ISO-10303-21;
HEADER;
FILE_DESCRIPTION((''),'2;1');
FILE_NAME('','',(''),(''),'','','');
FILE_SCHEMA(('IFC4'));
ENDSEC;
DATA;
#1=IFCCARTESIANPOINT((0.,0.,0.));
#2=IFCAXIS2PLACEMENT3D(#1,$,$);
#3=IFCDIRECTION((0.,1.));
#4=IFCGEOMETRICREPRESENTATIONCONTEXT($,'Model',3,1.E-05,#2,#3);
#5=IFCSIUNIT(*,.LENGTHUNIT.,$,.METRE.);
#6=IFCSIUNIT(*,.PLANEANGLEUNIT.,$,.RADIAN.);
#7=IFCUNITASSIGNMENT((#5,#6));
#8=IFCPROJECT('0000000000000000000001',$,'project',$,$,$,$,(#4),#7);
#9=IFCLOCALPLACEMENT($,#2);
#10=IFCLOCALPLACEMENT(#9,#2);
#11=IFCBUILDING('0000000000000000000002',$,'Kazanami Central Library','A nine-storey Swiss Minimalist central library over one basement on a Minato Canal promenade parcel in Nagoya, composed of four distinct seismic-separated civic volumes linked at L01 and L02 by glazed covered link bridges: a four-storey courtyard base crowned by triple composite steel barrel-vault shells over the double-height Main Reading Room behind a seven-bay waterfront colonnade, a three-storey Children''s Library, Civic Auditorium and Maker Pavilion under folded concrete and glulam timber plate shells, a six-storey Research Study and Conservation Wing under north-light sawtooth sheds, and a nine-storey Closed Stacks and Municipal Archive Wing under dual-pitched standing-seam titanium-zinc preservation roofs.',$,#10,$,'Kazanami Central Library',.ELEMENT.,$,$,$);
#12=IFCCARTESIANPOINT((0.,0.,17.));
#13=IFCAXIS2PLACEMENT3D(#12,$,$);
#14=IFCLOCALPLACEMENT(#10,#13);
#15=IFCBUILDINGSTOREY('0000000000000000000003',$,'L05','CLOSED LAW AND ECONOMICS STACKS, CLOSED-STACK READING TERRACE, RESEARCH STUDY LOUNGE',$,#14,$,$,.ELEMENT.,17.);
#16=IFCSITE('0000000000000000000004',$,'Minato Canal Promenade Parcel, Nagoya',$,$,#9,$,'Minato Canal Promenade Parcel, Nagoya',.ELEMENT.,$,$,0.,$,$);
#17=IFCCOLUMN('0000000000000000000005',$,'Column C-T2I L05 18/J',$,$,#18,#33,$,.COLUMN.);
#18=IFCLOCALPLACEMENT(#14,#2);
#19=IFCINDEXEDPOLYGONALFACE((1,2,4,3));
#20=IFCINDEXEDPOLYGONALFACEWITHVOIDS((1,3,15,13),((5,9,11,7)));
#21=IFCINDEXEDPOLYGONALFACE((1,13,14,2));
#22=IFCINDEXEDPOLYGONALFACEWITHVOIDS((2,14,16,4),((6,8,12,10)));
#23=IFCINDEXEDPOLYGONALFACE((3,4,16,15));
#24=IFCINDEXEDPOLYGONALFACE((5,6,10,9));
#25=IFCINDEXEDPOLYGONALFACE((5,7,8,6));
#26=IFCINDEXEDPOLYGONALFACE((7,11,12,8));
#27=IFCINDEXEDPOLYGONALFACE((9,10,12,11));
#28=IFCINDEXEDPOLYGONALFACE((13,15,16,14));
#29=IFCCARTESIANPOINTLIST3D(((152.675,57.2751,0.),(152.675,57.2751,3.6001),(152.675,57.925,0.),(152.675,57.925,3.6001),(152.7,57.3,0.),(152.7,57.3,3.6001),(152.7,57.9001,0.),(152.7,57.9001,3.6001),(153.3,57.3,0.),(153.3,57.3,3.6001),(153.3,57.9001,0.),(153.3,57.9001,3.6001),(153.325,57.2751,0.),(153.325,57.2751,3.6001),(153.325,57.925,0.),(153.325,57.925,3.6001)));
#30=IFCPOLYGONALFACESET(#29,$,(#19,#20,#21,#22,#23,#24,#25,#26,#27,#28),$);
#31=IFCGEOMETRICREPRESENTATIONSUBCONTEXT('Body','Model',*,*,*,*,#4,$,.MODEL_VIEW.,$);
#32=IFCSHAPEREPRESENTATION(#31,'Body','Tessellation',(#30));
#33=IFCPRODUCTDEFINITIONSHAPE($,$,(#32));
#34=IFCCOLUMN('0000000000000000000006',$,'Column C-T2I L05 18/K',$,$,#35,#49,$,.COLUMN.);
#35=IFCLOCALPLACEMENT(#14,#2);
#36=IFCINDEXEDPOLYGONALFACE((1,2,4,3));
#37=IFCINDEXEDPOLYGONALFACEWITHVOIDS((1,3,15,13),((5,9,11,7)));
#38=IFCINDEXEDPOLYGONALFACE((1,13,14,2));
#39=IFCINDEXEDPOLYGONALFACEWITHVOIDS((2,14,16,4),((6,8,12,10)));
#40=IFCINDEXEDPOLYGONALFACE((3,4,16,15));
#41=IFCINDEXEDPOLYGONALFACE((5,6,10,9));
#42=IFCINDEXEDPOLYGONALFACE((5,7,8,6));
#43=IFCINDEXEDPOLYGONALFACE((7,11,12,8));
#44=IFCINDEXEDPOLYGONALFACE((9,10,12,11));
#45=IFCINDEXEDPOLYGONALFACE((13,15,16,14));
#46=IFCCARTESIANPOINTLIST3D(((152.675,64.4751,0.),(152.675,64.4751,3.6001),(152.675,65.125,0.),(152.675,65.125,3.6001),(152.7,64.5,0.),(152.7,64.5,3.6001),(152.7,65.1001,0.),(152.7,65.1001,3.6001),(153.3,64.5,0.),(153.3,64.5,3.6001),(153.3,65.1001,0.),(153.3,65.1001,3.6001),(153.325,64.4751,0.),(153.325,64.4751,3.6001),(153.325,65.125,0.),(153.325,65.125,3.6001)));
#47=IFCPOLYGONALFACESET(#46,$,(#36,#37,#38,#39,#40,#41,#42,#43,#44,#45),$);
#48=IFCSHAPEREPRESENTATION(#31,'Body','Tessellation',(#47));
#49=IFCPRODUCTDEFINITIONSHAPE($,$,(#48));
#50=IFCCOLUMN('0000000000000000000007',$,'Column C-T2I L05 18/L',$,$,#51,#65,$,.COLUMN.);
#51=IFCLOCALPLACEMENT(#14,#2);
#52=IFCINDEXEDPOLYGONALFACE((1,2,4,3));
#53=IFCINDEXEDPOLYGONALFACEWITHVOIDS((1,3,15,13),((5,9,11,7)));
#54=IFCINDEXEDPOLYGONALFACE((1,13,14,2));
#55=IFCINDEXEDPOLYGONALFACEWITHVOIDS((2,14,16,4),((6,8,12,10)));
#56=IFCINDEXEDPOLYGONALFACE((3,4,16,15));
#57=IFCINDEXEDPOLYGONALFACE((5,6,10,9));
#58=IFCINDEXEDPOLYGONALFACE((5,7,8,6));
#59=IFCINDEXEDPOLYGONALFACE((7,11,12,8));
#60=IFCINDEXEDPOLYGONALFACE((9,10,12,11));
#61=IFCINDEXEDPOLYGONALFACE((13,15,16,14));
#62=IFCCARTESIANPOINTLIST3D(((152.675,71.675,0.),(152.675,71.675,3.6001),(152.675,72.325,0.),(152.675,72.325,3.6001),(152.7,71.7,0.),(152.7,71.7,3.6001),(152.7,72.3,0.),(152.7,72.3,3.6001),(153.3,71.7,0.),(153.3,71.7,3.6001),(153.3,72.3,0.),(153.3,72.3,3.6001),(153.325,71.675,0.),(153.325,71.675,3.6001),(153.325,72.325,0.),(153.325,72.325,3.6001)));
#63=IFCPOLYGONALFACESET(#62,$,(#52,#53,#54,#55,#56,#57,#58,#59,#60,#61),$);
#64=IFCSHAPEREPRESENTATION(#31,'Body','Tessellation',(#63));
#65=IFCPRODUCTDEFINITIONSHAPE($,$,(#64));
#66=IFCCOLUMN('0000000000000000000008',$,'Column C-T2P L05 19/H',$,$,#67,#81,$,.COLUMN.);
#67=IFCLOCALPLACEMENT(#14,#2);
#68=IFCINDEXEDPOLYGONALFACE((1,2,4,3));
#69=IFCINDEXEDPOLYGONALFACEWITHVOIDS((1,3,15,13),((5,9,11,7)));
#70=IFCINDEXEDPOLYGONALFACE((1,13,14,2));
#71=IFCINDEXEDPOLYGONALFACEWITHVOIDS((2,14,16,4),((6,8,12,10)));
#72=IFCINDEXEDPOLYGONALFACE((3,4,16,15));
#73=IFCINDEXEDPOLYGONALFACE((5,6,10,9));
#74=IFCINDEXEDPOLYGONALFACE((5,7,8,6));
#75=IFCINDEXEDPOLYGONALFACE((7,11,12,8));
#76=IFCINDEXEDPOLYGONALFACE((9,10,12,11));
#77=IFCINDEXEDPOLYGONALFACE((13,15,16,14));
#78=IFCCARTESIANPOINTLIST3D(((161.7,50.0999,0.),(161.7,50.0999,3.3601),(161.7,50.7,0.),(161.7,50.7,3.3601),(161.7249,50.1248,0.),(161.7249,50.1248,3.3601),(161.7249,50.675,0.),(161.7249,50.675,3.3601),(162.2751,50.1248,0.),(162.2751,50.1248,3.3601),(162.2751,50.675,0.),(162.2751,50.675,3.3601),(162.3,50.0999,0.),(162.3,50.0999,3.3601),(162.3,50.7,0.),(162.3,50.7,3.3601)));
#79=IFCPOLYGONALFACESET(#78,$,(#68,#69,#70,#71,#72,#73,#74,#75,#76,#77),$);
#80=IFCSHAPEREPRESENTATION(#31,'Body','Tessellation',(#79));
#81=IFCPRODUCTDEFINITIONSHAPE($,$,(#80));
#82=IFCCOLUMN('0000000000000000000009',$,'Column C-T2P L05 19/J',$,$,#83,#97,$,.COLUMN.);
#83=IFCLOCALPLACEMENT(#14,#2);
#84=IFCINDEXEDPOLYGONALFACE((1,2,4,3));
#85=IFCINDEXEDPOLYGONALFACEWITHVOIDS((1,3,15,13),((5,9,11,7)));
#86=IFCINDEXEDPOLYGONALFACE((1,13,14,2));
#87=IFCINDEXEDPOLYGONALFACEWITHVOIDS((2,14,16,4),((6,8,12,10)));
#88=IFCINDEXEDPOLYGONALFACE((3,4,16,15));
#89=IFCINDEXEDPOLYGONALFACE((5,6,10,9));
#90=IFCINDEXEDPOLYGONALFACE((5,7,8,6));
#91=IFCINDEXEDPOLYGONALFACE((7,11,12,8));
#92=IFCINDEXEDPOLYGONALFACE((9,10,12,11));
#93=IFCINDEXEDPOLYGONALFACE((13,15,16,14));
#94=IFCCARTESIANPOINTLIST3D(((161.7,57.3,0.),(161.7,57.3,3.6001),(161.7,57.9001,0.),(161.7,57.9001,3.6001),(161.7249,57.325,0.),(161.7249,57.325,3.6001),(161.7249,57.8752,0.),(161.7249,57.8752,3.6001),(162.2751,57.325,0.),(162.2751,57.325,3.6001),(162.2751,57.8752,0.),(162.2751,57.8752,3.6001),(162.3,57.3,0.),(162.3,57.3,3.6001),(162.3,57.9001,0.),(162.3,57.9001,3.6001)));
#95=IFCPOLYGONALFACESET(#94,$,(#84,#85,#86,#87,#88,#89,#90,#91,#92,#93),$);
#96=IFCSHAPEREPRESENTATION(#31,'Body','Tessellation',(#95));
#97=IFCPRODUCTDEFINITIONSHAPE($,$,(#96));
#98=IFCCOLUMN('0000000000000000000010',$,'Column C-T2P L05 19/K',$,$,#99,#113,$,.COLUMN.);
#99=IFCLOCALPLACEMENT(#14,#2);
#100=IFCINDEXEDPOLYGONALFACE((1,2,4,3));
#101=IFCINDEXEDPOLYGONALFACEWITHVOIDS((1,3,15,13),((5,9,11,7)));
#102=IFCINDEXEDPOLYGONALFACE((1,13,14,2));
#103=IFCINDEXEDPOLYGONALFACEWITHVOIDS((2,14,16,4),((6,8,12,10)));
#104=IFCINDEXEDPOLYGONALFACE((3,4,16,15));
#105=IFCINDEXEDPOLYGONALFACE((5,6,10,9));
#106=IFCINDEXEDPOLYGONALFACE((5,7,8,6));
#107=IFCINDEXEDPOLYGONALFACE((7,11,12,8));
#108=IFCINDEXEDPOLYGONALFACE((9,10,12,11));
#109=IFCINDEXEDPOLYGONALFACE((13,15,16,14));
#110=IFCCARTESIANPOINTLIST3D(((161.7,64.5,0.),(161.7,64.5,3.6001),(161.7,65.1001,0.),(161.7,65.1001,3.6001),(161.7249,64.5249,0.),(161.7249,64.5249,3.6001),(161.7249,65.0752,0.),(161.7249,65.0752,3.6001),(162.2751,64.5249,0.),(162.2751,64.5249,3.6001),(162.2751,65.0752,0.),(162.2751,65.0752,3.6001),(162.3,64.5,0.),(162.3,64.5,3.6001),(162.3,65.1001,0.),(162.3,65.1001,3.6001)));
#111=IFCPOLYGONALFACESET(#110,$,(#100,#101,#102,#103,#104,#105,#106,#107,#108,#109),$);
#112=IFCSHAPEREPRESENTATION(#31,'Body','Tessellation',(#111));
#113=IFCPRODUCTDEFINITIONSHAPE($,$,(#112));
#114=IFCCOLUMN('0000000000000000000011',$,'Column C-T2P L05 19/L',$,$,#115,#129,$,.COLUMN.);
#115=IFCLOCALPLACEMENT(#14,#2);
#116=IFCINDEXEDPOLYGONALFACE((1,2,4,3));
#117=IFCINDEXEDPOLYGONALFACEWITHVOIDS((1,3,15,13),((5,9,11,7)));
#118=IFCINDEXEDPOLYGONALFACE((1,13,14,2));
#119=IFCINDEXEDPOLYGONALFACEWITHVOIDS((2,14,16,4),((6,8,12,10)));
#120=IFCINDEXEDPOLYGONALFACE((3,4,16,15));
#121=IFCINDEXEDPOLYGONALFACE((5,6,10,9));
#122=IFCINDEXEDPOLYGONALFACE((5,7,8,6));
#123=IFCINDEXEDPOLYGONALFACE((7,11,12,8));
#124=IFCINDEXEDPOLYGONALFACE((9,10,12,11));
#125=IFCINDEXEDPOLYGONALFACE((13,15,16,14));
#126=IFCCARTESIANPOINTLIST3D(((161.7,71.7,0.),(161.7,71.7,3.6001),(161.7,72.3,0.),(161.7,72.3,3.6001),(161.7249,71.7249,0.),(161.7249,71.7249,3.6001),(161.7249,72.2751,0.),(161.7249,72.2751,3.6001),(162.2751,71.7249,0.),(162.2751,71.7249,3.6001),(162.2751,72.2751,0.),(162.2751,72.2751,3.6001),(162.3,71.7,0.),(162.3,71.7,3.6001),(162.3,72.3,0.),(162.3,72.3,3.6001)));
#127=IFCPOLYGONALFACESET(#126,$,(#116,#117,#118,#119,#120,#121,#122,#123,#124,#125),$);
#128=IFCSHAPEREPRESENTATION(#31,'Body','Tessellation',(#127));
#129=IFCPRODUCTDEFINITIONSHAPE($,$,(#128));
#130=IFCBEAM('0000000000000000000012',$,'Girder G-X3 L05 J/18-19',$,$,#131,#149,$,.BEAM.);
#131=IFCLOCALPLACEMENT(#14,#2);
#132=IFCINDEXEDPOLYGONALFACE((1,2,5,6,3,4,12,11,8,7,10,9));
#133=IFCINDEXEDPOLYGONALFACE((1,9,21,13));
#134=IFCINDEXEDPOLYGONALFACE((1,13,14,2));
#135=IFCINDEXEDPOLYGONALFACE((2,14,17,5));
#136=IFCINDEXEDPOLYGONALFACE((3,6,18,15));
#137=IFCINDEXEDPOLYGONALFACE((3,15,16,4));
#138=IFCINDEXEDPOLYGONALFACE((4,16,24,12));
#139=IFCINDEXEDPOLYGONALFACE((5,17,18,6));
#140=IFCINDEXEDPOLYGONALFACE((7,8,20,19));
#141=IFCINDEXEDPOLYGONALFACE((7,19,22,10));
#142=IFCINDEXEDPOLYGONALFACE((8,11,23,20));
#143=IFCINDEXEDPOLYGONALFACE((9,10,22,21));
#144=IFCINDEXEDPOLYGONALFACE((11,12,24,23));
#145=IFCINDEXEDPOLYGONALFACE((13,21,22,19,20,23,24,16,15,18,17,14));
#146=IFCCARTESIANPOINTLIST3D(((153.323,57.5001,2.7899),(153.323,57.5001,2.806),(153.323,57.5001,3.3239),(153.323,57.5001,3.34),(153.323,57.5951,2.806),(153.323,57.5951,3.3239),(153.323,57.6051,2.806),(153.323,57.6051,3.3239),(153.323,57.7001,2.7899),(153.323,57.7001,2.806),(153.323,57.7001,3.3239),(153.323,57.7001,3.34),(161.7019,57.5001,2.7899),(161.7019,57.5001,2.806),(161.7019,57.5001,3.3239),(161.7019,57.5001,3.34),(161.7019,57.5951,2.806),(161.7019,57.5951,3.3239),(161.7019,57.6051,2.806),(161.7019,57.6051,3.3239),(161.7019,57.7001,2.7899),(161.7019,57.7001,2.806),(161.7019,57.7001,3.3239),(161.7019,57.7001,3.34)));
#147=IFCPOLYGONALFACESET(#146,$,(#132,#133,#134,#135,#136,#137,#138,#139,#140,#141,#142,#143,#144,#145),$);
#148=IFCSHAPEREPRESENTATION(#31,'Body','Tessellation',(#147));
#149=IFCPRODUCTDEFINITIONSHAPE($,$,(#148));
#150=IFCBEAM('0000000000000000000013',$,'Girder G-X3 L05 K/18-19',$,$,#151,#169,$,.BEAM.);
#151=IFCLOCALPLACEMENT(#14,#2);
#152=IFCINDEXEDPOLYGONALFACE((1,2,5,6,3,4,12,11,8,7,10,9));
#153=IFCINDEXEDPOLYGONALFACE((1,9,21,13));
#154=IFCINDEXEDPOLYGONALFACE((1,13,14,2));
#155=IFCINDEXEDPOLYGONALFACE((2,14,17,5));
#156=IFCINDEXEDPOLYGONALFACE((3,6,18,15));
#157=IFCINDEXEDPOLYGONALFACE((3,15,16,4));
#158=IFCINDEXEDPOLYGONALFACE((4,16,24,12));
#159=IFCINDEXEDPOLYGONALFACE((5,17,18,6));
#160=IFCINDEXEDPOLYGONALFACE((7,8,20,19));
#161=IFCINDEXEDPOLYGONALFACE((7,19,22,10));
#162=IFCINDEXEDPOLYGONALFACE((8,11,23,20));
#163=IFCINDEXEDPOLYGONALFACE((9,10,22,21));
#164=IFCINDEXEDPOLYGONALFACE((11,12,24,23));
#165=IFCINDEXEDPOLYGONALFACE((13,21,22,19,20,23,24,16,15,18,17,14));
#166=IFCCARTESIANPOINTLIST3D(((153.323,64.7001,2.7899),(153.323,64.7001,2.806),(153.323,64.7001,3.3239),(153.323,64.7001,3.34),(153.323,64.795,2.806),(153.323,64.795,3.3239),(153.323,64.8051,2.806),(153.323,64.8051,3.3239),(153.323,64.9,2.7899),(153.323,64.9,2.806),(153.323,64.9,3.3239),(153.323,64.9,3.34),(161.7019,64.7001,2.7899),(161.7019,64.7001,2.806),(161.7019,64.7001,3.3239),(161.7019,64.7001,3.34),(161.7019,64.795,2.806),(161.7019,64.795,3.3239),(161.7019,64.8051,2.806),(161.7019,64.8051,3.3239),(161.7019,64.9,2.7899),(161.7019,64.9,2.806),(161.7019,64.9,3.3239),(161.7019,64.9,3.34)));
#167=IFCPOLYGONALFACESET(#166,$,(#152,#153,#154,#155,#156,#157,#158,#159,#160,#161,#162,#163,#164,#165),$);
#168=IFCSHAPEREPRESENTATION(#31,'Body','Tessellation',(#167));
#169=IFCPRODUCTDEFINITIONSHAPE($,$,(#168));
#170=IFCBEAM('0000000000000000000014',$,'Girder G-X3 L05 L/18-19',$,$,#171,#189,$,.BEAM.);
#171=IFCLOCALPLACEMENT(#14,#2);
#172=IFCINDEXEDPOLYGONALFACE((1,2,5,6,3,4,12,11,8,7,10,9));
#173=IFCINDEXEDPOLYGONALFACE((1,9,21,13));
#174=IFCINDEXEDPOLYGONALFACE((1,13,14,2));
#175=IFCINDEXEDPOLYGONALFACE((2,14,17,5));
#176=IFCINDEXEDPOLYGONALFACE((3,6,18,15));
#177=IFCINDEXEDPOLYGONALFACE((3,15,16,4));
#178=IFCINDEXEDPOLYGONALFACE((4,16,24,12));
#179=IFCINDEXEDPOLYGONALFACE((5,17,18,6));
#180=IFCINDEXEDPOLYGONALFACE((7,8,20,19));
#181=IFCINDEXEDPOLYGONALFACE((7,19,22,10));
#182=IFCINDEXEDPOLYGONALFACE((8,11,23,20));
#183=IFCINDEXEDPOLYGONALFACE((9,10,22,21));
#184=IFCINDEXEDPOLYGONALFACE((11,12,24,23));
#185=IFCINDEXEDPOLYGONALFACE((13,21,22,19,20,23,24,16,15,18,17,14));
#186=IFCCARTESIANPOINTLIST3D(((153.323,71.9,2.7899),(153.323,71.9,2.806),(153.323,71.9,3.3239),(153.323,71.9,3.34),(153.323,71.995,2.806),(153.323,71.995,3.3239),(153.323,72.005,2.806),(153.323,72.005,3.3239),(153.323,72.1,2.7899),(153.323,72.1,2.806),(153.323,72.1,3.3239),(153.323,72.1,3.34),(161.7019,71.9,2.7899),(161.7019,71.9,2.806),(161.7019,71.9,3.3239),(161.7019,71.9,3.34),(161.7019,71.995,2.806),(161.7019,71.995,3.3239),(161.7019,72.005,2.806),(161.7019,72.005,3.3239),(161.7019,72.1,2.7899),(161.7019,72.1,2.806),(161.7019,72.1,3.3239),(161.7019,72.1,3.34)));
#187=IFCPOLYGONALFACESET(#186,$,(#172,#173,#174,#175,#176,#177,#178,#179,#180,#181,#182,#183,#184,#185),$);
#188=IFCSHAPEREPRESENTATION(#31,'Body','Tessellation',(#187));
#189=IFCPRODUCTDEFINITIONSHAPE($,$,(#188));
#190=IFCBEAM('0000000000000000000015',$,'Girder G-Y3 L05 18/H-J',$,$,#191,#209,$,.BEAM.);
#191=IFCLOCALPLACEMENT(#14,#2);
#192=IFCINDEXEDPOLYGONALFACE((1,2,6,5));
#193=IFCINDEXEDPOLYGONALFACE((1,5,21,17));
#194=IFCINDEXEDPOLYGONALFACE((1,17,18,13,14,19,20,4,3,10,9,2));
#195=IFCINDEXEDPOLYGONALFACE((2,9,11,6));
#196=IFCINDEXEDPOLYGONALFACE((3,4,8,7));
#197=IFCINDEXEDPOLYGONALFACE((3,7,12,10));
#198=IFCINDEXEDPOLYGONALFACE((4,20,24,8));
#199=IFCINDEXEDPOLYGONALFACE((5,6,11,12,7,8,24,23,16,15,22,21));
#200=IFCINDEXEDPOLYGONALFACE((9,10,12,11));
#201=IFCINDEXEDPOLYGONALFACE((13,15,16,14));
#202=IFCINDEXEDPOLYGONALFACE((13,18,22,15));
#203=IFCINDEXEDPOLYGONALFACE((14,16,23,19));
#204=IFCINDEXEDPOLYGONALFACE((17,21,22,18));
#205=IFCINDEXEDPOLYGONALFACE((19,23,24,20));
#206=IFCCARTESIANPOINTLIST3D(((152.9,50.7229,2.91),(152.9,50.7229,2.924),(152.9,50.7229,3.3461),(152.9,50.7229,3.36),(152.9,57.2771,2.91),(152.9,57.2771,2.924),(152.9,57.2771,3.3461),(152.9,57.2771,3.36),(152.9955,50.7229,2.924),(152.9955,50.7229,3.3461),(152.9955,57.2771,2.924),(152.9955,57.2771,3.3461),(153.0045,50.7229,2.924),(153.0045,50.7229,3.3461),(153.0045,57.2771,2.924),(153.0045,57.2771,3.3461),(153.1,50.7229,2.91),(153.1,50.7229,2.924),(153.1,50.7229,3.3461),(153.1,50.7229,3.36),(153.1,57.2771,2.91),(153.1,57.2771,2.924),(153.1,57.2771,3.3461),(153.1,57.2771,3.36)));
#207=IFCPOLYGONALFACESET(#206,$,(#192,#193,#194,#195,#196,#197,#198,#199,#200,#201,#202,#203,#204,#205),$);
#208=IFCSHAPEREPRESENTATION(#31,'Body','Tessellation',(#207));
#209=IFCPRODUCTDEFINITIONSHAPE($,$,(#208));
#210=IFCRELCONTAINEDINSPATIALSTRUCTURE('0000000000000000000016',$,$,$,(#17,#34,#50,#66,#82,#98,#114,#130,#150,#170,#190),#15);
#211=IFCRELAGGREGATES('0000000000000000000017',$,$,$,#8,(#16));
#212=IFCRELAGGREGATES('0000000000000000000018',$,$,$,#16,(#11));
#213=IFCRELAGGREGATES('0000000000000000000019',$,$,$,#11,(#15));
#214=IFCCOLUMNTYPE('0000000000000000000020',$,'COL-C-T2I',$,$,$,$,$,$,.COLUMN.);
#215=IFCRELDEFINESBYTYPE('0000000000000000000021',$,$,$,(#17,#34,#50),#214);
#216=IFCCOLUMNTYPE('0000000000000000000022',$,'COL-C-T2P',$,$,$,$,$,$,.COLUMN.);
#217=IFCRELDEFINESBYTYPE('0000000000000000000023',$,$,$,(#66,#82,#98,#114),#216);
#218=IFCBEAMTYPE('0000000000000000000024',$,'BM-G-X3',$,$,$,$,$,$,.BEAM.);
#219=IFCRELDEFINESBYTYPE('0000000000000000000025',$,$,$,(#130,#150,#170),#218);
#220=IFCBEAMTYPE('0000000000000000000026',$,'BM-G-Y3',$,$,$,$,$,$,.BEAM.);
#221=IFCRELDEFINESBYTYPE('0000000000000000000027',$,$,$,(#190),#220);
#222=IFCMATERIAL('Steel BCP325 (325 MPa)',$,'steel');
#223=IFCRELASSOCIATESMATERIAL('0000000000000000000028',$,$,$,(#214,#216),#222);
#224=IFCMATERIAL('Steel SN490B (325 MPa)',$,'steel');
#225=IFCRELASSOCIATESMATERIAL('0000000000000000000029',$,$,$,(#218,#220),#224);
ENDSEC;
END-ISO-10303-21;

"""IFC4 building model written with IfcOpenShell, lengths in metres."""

from ifc_helpers import new_model, si_unit, direction, frame, origin, origin_2d, place, context, subcontext, project, spatial, hollow_rectangle, i_section, extrude, material, material_profile, profile_set, type_object, element, save


model = new_model("IFC4")

# Units and contexts
model_context = context("Model", 3, precision=1e-05, world=origin(), true_north=direction((0.0, 1.0)))
body_context = subcontext(model_context, "Body", "Model", "MODEL_VIEW")
ifc_project = project(units=[si_unit("LENGTHUNIT", "METRE"), si_unit("PLANEANGLEUNIT", "RADIAN")], contexts=[model_context])

# Site, building, storey
site_placement = place(None, origin())
site = spatial("IfcSite", under=ifc_project, at=site_placement, Name="Minato Canal Promenade Parcel, Nagoya", LongName="Minato Canal Promenade Parcel, Nagoya", CompositionType="ELEMENT", RefElevation=0.0)
building_placement = place(site_placement, origin())
building = spatial("IfcBuilding", under=site, at=building_placement, Name="Kazanami Central Library", Description="A nine-storey Swiss Minimalist central library over one basement on a Minato Canal promenade parcel in Nagoya, composed of four distinct seismic-separated civic volumes linked at L01 and L02 by glazed covered link bridges: a four-storey courtyard base crowned by triple composite steel barrel-vault shells over the double-height Main Reading Room behind a seven-bay waterfront colonnade, a three-storey Children's Library, Civic Auditorium and Maker Pavilion under folded concrete and glulam timber plate shells, a six-storey Research Study and Conservation Wing under north-light sawtooth sheds, and a nine-storey Closed Stacks and Municipal Archive Wing under dual-pitched standing-seam titanium-zinc preservation roofs.", LongName="Kazanami Central Library", CompositionType="ELEMENT")
storey_placement = place(building_placement, frame((0.0, 0.0, 17.0)))
storey = spatial("IfcBuildingStorey", under=building, at=storey_placement, Name="L05", Description="CLOSED LAW AND ECONOMICS STACKS, CLOSED-STACK READING TERRACE, RESEARCH STUDY LOUNGE", CompositionType="ELEMENT", Elevation=17.0)

# Columns
ifc_material_1 = material(Name="Steel BCP325 (325 MPa)", Category="steel")
ifc_material_profile_1 = material_profile(ifc_material_1, hollow_rectangle(XDim=0.6499, YDim=0.6499, WallThickness=0.0249, at=origin_2d()), Name="BCP-650x650x25")
ifc_profile_set_1 = profile_set([ifc_material_profile_1], Name="Steel BCP325 (325 MPa)")
column_type_1 = type_object("IfcColumnType", Name="COL-C-T2I", PredefinedType="COLUMN", material=ifc_profile_set_1)
for number, where, z_axis, x_axis, name in (
    (1, (153.0, 57.6001, 0.0), (0.0, 0.0, 1.0), (1.0, 0.0, 0.0), "Column C-T2I L05 18/J"),
    (2, (153.0, 64.8, 0.0), (0.0, 0.0, 1.0), (1.0, 0.0, 0.0), "Column C-T2I L05 18/K"),
    (3, (153.0, 72.0, 0.0), (0.0, 0.0, 1.0), (1.0, 0.0, 0.0), "Column C-T2I L05 18/L"),
):
    element("IfcColumn", number, at=place(storey_placement, frame(where, z_axis=z_axis, x_axis=x_axis)), inside=storey, type_object=column_type_1, Name=name, PredefinedType="COLUMN", context=body_context, shape_type="SweptSolid", body=[
        extrude(hollow_rectangle(XDim=0.6499, YDim=0.6499, WallThickness=0.0249, at=origin_2d()), origin(), (0.0, 0.0, 1.0), 3.6001),
    ])
ifc_material_profile_2 = material_profile(ifc_material_1, hollow_rectangle(XDim=0.6001, YDim=0.6001, WallThickness=0.0249, at=origin_2d()), Name="BCP-600x600x25")
ifc_profile_set_2 = profile_set([ifc_material_profile_2], Name="Steel BCP325 (325 MPa)")
column_type_2 = type_object("IfcColumnType", Name="COL-C-T2P", PredefinedType="COLUMN", material=ifc_profile_set_2)
column_placement = place(storey_placement, frame((162.0, 50.3999, 0.0), z_axis=(0.0, 0.0, 1.0), x_axis=(1.0, 0.0, 0.0)))
element("IfcColumn", 4, at=column_placement, inside=storey, type_object=column_type_2, Name="Column C-T2P L05 19/H", PredefinedType="COLUMN", context=body_context, shape_type="SweptSolid", body=[
    extrude(hollow_rectangle(XDim=0.6001, YDim=0.6001, WallThickness=0.0249, at=origin_2d()), origin(), (0.0, 0.0, 1.0), 3.3601),
])
for number, where, z_axis, x_axis, name in (
    (5, (162.0, 57.6001, 0.0), (0.0, 0.0, 1.0), (1.0, 0.0, 0.0), "Column C-T2P L05 19/J"),
    (6, (162.0, 64.8, 0.0), (0.0, 0.0, 1.0), (1.0, 0.0, 0.0), "Column C-T2P L05 19/K"),
    (7, (162.0, 72.0, 0.0), (0.0, 0.0, 1.0), (1.0, 0.0, 0.0), "Column C-T2P L05 19/L"),
):
    element("IfcColumn", number, at=place(storey_placement, frame(where, z_axis=z_axis, x_axis=x_axis)), inside=storey, type_object=column_type_2, Name=name, PredefinedType="COLUMN", context=body_context, shape_type="SweptSolid", body=[
        extrude(hollow_rectangle(XDim=0.6001, YDim=0.6001, WallThickness=0.0249, at=origin_2d()), origin(), (0.0, 0.0, 1.0), 3.6001),
    ])

# Beams
ifc_material_2 = material(Name="Steel SN490B (325 MPa)", Category="steel")
ifc_material_profile_3 = material_profile(ifc_material_2, i_section(OverallWidth=0.2, OverallDepth=0.55, WebThickness=0.01, FlangeThickness=0.0161, at=origin_2d()), Name="H-550x200x10x16")
ifc_profile_set_3 = profile_set([ifc_material_profile_3], Name="Steel SN490B (325 MPa)")
beam_type_1 = type_object("IfcBeamType", Name="BM-G-X3", PredefinedType="BEAM", material=ifc_profile_set_3)
for number, where, z_axis, x_axis, name in (
    (8, (153.323, 57.6001, 3.0649), (1.0, 0.0, 0.0), (0.0, 1.0, 0.0), "Girder G-X3 L05 J/18-19"),
    (9, (153.323, 64.8, 3.0649), (1.0, 0.0, 0.0), (0.0, 1.0, 0.0), "Girder G-X3 L05 K/18-19"),
    (10, (153.323, 72.0, 3.0649), (1.0, 0.0, 0.0), (0.0, 1.0, 0.0), "Girder G-X3 L05 L/18-19"),
):
    element("IfcBeam", number, at=place(storey_placement, frame(where, z_axis=z_axis, x_axis=x_axis)), inside=storey, type_object=beam_type_1, Name=name, PredefinedType="BEAM", context=body_context, shape_type="SweptSolid", body=[
        extrude(i_section(OverallWidth=0.2, OverallDepth=0.55, WebThickness=0.01, FlangeThickness=0.0161, at=origin_2d()), origin(), (0.0, 0.0, 1.0), 8.3789),
    ])
ifc_material_profile_4 = material_profile(ifc_material_2, i_section(OverallWidth=0.2, OverallDepth=0.45, WebThickness=0.009, FlangeThickness=0.0139, at=origin_2d()), Name="H-450x200x9x14")
ifc_profile_set_4 = profile_set([ifc_material_profile_4], Name="Steel SN490B (325 MPa)")
beam_type_2 = type_object("IfcBeamType", Name="BM-G-Y3", PredefinedType="BEAM", material=ifc_profile_set_4)
beam_placement = place(storey_placement, frame((153.0, 50.7229, 3.135), z_axis=(0.0, 1.0, 0.0), x_axis=(-1.0, 0.0, 0.0)))
element("IfcBeam", 11, at=beam_placement, inside=storey, type_object=beam_type_2, Name="Girder G-Y3 L05 18/H-J", PredefinedType="BEAM", context=body_context, shape_type="SweptSolid", body=[
    extrude(i_section(OverallWidth=0.2, OverallDepth=0.45, WebThickness=0.009, FlangeThickness=0.0139, at=origin_2d()), origin(), (0.0, 0.0, 1.0), 6.5542),
])

save(model, "model.ifc")
